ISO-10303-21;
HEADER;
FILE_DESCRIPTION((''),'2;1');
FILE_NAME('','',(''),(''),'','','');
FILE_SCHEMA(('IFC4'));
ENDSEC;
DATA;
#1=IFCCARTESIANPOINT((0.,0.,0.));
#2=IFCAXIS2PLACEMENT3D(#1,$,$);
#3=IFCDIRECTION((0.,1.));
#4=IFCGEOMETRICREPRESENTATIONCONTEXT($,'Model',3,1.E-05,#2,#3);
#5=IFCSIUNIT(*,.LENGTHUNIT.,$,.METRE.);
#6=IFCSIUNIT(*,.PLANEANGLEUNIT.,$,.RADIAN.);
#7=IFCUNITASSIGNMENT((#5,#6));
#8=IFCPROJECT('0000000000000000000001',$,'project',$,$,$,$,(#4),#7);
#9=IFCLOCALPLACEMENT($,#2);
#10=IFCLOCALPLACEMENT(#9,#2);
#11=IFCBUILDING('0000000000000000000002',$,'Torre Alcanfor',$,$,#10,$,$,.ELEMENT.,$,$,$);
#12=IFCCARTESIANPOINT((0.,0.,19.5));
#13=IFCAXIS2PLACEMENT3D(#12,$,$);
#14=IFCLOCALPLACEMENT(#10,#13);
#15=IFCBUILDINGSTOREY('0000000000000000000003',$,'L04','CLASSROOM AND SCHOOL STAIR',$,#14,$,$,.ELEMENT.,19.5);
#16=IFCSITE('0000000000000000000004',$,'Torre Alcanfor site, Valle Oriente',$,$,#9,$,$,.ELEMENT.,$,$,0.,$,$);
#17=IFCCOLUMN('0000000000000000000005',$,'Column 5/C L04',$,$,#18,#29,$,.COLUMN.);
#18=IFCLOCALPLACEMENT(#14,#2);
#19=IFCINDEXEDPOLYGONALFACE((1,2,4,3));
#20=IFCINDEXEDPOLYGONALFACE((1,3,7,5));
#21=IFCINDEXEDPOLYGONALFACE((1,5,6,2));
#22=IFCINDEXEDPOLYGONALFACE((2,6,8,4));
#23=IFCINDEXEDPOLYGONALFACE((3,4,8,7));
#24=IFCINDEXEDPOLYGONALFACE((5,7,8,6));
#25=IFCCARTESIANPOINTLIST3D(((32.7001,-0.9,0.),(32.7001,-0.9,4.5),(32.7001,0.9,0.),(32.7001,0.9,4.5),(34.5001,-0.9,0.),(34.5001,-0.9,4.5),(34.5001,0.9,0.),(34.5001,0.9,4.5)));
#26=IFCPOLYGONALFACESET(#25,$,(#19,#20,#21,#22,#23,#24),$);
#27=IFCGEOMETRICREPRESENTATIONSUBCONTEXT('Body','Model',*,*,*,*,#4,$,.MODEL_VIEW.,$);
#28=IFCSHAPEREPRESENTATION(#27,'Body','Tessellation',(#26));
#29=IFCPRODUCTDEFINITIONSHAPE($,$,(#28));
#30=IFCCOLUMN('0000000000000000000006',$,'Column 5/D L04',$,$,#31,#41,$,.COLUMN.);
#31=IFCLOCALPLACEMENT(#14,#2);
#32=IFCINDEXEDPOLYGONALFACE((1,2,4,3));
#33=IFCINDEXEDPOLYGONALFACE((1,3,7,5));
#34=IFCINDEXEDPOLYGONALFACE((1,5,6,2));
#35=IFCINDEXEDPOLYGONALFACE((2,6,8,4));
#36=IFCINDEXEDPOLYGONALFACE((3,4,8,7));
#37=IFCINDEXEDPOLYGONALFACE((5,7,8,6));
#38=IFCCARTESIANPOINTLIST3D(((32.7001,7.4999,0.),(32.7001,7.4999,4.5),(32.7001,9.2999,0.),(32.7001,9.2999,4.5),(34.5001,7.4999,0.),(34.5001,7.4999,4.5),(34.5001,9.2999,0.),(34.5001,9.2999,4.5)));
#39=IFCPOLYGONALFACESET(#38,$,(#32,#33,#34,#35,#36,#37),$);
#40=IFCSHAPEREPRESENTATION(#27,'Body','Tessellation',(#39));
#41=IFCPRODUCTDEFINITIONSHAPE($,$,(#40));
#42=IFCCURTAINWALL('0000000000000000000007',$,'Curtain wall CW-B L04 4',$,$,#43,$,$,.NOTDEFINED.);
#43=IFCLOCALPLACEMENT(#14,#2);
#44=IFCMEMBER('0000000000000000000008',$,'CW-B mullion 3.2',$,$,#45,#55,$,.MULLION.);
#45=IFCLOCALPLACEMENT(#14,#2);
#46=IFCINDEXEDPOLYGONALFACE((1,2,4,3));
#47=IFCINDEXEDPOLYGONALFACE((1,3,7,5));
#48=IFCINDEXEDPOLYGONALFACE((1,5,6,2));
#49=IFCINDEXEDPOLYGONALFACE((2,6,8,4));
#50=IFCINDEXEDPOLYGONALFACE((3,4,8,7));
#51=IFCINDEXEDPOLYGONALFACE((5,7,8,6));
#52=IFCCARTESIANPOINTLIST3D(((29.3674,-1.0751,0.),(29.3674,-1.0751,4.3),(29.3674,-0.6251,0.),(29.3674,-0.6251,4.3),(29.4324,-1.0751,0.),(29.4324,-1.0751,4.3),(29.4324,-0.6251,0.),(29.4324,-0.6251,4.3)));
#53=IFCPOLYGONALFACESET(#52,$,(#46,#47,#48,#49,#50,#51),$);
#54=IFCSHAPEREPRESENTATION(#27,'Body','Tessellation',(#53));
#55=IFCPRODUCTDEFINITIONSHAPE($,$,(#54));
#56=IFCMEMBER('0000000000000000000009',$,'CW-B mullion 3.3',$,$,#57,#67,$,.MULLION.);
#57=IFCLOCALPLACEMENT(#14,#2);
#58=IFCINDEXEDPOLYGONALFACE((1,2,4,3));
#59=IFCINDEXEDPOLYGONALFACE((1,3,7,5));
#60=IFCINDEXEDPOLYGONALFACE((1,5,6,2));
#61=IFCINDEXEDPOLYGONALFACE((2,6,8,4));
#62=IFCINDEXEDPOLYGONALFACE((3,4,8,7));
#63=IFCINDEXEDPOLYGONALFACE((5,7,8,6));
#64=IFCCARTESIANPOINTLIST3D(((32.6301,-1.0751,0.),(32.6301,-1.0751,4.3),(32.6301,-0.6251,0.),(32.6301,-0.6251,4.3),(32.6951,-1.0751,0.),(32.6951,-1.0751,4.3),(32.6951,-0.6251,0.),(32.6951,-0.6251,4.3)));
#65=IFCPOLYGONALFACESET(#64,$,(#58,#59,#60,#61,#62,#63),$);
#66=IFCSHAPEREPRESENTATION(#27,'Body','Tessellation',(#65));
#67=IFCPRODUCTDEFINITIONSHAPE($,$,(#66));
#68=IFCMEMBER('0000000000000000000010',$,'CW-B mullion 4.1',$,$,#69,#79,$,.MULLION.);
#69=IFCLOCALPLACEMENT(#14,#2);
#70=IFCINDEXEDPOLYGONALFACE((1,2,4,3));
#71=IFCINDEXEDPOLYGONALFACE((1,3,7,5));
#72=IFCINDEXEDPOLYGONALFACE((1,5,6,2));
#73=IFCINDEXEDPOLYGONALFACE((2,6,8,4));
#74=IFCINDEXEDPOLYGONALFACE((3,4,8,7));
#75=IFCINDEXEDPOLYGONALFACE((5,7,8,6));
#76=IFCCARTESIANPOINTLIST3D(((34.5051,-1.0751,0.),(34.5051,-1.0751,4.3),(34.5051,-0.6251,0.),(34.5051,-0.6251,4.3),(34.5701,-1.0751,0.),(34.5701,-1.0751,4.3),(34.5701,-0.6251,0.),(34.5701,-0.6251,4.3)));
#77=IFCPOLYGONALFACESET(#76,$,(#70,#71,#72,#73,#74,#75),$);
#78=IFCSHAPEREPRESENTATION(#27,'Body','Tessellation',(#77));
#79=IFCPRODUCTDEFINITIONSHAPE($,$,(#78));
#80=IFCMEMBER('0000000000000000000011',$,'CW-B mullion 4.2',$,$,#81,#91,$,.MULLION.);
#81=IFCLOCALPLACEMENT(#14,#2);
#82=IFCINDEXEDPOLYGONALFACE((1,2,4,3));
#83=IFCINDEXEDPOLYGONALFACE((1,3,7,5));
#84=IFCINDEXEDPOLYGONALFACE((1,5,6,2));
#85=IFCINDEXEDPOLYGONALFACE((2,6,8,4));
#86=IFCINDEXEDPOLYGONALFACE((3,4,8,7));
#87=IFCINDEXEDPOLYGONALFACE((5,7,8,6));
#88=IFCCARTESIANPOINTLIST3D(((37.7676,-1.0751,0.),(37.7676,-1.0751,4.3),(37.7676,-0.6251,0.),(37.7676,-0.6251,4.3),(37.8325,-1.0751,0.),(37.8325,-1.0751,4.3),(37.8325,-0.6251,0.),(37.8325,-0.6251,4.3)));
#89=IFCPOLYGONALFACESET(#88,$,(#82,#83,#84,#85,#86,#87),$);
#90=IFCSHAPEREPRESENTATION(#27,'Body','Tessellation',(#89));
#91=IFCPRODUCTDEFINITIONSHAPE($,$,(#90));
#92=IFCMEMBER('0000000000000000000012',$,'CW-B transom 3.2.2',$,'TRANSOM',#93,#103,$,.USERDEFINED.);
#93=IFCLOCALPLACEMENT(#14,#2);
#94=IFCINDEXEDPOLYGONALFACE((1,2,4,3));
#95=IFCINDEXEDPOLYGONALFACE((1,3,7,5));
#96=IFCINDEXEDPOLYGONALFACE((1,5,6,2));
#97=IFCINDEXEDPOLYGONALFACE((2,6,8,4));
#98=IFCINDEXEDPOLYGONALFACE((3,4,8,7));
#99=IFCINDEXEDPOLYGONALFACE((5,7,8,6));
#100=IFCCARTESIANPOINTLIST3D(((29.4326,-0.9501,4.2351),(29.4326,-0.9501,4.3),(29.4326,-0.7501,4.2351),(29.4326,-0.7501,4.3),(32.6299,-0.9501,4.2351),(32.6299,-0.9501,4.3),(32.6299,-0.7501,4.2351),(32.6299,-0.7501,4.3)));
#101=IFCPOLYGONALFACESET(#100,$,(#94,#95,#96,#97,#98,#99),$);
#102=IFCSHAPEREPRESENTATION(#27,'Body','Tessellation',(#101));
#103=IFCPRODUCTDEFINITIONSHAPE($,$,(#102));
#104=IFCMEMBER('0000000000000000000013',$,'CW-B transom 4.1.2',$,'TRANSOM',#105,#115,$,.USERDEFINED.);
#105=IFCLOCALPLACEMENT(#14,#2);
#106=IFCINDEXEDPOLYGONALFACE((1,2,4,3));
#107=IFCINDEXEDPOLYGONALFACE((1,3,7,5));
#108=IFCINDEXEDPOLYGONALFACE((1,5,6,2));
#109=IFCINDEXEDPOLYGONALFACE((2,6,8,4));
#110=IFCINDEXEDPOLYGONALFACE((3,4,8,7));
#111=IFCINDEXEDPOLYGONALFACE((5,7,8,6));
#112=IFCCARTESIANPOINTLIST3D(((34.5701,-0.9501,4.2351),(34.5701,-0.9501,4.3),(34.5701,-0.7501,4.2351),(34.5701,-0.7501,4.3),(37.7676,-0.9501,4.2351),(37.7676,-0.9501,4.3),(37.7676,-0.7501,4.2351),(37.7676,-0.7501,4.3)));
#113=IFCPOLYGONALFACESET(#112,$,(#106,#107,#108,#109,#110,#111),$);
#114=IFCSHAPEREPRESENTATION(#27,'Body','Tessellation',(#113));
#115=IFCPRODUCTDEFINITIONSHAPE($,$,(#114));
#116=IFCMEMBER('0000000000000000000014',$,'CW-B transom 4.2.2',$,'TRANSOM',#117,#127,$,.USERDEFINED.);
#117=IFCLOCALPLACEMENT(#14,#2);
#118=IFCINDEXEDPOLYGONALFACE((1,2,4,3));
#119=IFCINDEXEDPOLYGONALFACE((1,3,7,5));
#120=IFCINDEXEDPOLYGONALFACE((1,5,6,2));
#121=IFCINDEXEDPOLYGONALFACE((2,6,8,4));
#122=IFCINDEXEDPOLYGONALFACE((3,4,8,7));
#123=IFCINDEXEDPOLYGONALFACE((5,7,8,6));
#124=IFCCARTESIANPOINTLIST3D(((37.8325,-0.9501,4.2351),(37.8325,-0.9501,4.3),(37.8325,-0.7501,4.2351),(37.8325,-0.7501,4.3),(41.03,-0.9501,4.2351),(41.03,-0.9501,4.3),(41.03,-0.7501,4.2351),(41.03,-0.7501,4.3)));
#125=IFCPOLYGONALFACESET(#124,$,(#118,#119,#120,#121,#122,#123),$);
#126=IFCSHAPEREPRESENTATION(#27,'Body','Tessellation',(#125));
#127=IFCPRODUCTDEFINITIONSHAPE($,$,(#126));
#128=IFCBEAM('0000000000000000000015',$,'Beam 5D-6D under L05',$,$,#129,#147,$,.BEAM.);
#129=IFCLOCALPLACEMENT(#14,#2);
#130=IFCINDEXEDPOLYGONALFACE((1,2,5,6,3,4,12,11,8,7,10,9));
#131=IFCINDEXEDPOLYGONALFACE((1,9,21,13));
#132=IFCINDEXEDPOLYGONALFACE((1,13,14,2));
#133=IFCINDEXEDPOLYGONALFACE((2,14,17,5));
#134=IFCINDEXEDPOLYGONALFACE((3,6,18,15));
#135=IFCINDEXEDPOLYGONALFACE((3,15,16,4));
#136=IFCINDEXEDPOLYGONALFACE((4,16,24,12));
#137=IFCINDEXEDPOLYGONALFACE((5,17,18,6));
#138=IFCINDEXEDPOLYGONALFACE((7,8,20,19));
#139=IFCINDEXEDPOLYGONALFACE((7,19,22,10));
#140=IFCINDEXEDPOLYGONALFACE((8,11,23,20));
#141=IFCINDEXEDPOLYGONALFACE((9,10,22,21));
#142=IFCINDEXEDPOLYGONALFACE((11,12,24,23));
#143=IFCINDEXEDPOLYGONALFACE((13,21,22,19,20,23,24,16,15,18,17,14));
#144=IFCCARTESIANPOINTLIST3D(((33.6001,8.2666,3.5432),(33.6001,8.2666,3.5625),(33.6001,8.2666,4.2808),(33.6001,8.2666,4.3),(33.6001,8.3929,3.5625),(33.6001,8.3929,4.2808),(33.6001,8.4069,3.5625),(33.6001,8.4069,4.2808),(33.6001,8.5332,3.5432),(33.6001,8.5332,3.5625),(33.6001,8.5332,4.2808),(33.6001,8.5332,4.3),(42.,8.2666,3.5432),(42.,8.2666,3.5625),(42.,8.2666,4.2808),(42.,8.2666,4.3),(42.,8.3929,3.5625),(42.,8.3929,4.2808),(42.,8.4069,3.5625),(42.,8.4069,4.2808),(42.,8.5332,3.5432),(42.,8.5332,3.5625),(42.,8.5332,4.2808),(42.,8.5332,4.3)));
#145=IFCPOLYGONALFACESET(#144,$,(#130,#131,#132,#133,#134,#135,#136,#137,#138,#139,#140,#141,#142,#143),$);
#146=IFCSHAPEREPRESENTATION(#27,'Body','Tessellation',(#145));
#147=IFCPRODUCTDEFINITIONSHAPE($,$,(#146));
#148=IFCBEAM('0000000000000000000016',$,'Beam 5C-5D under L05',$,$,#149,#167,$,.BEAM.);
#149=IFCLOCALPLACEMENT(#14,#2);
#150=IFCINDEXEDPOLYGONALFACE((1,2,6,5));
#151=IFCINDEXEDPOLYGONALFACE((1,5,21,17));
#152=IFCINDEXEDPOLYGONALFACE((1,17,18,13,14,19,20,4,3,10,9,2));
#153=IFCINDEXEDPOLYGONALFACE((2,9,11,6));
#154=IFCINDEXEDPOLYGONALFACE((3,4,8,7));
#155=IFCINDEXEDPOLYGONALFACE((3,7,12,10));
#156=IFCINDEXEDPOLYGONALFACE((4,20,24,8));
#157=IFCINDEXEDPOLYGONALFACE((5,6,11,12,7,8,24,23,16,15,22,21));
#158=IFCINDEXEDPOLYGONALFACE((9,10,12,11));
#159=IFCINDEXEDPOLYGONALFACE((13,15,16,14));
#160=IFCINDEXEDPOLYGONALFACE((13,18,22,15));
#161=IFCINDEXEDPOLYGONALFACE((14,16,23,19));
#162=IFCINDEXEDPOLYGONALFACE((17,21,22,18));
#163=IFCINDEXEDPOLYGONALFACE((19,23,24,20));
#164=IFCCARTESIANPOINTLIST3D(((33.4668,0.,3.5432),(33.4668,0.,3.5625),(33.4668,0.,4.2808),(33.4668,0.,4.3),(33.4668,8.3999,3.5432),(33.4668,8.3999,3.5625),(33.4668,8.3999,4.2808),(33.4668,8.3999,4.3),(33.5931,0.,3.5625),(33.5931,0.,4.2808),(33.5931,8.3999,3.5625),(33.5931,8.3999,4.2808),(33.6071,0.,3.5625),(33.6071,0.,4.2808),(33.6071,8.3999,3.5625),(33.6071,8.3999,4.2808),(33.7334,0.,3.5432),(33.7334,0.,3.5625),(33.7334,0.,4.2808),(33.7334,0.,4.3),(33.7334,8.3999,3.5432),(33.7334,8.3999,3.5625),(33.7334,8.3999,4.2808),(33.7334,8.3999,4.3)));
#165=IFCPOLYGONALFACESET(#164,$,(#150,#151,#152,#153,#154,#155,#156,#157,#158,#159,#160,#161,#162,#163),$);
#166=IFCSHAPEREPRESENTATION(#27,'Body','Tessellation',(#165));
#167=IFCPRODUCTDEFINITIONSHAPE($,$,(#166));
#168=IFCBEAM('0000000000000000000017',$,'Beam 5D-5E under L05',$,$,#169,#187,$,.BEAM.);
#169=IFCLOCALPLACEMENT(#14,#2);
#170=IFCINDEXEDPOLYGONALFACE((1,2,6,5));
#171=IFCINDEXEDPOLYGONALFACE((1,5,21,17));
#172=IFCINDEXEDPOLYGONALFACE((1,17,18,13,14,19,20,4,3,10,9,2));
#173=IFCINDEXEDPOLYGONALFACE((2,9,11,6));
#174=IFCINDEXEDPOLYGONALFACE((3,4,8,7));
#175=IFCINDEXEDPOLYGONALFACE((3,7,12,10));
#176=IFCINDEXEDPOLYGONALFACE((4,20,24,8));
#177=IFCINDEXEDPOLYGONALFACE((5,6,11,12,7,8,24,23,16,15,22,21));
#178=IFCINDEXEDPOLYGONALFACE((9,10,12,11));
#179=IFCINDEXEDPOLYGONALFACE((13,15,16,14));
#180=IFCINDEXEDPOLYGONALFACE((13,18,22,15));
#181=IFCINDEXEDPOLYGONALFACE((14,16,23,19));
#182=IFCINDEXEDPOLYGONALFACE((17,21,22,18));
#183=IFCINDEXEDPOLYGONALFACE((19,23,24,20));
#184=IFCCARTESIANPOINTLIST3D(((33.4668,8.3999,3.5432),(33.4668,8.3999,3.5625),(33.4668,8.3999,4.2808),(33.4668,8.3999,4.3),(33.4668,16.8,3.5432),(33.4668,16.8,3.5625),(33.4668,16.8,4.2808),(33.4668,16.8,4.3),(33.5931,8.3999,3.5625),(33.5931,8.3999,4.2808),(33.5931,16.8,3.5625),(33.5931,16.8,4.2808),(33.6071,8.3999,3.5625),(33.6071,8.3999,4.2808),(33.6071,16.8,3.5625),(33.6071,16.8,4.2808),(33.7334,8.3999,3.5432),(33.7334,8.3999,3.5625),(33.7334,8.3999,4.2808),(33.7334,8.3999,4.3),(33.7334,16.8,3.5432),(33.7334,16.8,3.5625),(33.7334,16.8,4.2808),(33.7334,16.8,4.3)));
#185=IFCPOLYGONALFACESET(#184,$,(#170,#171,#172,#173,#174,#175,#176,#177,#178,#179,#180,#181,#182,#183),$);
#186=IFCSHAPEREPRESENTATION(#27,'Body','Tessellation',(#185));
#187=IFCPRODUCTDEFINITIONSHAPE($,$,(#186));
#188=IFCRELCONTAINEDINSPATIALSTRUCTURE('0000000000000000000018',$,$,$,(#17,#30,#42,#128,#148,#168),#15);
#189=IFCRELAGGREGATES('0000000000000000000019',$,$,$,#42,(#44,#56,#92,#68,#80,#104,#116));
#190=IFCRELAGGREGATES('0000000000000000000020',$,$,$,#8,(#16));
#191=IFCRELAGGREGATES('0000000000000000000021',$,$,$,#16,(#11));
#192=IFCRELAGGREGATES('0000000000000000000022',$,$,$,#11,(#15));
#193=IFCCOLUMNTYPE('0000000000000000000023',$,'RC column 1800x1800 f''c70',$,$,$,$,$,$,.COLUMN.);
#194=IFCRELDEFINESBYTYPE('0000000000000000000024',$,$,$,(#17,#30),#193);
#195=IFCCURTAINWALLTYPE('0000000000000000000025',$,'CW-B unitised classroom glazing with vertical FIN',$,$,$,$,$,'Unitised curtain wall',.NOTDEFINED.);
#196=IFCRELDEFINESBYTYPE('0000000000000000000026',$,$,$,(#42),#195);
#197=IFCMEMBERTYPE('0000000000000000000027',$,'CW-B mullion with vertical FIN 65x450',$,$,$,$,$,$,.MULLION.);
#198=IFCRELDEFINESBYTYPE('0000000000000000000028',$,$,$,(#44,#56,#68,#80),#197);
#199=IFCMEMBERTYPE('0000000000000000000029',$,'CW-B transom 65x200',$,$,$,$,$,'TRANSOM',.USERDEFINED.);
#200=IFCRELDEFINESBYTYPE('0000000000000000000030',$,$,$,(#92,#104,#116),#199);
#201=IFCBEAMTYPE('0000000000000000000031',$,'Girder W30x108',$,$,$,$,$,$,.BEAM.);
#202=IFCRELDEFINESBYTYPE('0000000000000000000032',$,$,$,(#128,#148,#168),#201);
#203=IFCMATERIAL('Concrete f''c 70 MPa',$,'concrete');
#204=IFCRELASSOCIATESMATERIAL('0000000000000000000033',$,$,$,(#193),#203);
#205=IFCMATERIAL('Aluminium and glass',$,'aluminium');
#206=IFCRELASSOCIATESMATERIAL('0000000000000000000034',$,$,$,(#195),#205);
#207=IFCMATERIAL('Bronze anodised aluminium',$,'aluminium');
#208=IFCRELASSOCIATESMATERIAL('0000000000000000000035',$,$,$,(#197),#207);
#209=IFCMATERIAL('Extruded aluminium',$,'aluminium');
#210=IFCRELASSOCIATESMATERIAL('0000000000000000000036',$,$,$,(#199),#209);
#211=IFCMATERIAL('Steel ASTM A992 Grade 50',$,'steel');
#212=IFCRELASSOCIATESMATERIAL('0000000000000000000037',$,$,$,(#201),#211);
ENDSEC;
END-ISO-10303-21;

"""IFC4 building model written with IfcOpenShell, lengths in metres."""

from ifc_helpers import new_model, si_unit, direction, frame, origin, origin_2d, place, context, subcontext, project, spatial, rectangle, i_section, extrude, material, material_profile, profile_set, type_object, element, aggregate, save


model = new_model("IFC4")

# Units and contexts
model_context = context("Model", 3, precision=1e-05, world=origin(), true_north=direction((0.0, 1.0)))
body_context = subcontext(model_context, "Body", "Model", "MODEL_VIEW")
ifc_project = project(units=[si_unit("LENGTHUNIT", "METRE"), si_unit("PLANEANGLEUNIT", "RADIAN")], contexts=[model_context])

# Site, building, storey
site_placement = place(None, origin())
site = spatial("IfcSite", under=ifc_project, at=site_placement, Name="Torre Alcanfor site, Valle Oriente", CompositionType="ELEMENT", RefElevation=0.0)
building_placement = place(site_placement, origin())
building = spatial("IfcBuilding", under=site, at=building_placement, Name="Torre Alcanfor", CompositionType="ELEMENT")
storey_placement = place(building_placement, frame((0.0, 0.0, 19.5)))
storey = spatial("IfcBuildingStorey", under=building, at=storey_placement, Name="L04", Description="CLASSROOM AND SCHOOL STAIR", CompositionType="ELEMENT", Elevation=19.5)

# Columns
ifc_material_1 = material(Name="Concrete f'c 70 MPa", Category="concrete")
ifc_material_profile_1 = material_profile(ifc_material_1, rectangle(XDim=1.8, YDim=1.8, at=origin_2d()), Name="1800x1800")
ifc_profile_set_1 = profile_set([ifc_material_profile_1], Name="Concrete f'c 70 MPa")
column_type = type_object("IfcColumnType", Name="RC column 1800x1800 f'c70", PredefinedType="COLUMN", material=ifc_profile_set_1)
for number, where, z_axis, x_axis, name in (
    (1, (33.6001, 0.0, 0.0), (0.0, 0.0, 1.0), (1.0, 0.0, 0.0), "Column 5/C L04"),
    (2, (33.6001, 8.3999, 0.0), (0.0, 0.0, 1.0), (1.0, 0.0, 0.0), "Column 5/D L04"),
):
    element("IfcColumn", number, at=place(storey_placement, frame(where, z_axis=z_axis, x_axis=x_axis)), inside=storey, type_object=column_type, Name=name, PredefinedType="COLUMN", context=body_context, shape_type="SweptSolid", body=[
        extrude(rectangle(XDim=1.8, YDim=1.8, at=origin_2d()), origin(), (0.0, 0.0, 1.0), 4.5),
    ])

# Curtain wall, members
ifc_material_2 = material(Name="Aluminium and glass", Category="aluminium")
curtain_wall_type = type_object("IfcCurtainWallType", Name="CW-B unitised classroom glazing with vertical FIN", ElementType="Unitised curtain wall", PredefinedType="NOTDEFINED", material=ifc_material_2)
curtain_wall_placement = place(storey_placement, origin())
curtain_wall = element("IfcCurtainWall", 3, at=curtain_wall_placement, inside=storey, type_object=curtain_wall_type, Name="Curtain wall CW-B L04 4", PredefinedType="NOTDEFINED")
ifc_material_3 = material(Name="Bronze anodised aluminium", Category="aluminium")
ifc_material_profile_2 = material_profile(ifc_material_3, rectangle(XDim=0.45, YDim=0.0649, at=origin_2d()), Name="CW-B mullion 65x450")
ifc_profile_set_2 = profile_set([ifc_material_profile_2], Name="Bronze anodised aluminium")
member_type_1 = type_object("IfcMemberType", Name="CW-B mullion with vertical FIN 65x450", PredefinedType="MULLION", material=ifc_profile_set_2)
member_1_placement = place(storey_placement, frame((29.3999, -0.8501, 0.0), z_axis=(0.0, 0.0, 1.0), x_axis=(0.0, 1.0, 0.0)))
member_1 = element("IfcMember", 4, at=member_1_placement, type_object=member_type_1, Name="CW-B mullion 3.2", PredefinedType="MULLION", context=body_context, shape_type="SweptSolid", body=[
    extrude(rectangle(XDim=0.45, YDim=0.0649, at=origin_2d()), origin(), (0.0, 0.0, 1.0), 4.3),
])
member_2_placement = place(storey_placement, frame((32.6626, -0.8501, 0.0), z_axis=(0.0, 0.0, 1.0), x_axis=(0.0, 1.0, 0.0)))
member_2 = element("IfcMember", 5, at=member_2_placement, type_object=member_type_1, Name="CW-B mullion 3.3", PredefinedType="MULLION", context=body_context, shape_type="SweptSolid", body=[
    extrude(rectangle(XDim=0.45, YDim=0.0649, at=origin_2d()), origin(), (0.0, 0.0, 1.0), 4.3),
])
member_3_placement = place(storey_placement, frame((34.5376, -0.8501, 0.0), z_axis=(0.0, 0.0, 1.0), x_axis=(0.0, 1.0, 0.0)))
member_3 = element("IfcMember", 6, at=member_3_placement, type_object=member_type_1, Name="CW-B mullion 4.1", PredefinedType="MULLION", context=body_context, shape_type="SweptSolid", body=[
    extrude(rectangle(XDim=0.45, YDim=0.0649, at=origin_2d()), origin(), (0.0, 0.0, 1.0), 4.3),
])
member_4_placement = place(storey_placement, frame((37.8, -0.8501, 0.0), z_axis=(0.0, 0.0, 1.0), x_axis=(0.0, 1.0, 0.0)))
member_4 = element("IfcMember", 7, at=member_4_placement, type_object=member_type_1, Name="CW-B mullion 4.2", PredefinedType="MULLION", context=body_context, shape_type="SweptSolid", body=[
    extrude(rectangle(XDim=0.45, YDim=0.0649, at=origin_2d()), origin(), (0.0, 0.0, 1.0), 4.3),
])
ifc_material_4 = material(Name="Extruded aluminium", Category="aluminium")
ifc_material_profile_3 = material_profile(ifc_material_4, rectangle(XDim=0.2, YDim=0.0649, at=origin_2d()), Name="CW-B transom 200x65")
ifc_profile_set_3 = profile_set([ifc_material_profile_3], Name="Extruded aluminium")
member_type_2 = type_object("IfcMemberType", Name="CW-B transom 65x200", ElementType="TRANSOM", PredefinedType="USERDEFINED", material=ifc_profile_set_3)
member_5_placement = place(storey_placement, frame((29.4326, -0.8501, 4.2676), z_axis=(1.0, 0.0, 0.0), x_axis=(0.0, 1.0, 0.0)))
member_5 = element("IfcMember", 8, at=member_5_placement, type_object=member_type_2, Name="CW-B transom 3.2.2", ObjectType="TRANSOM", PredefinedType="USERDEFINED", context=body_context, shape_type="SweptSolid", body=[
    extrude(rectangle(XDim=0.2, YDim=0.0649, at=origin_2d()), origin(), (0.0, 0.0, 1.0), 3.1973),
])
member_6_placement = place(storey_placement, frame((34.5701, -0.8501, 4.2676), z_axis=(1.0, 0.0, 0.0), x_axis=(0.0, 1.0, 0.0)))
member_6 = element("IfcMember", 9, at=member_6_placement, type_object=member_type_2, Name="CW-B transom 4.1.2", ObjectType="TRANSOM", PredefinedType="USERDEFINED", context=body_context, shape_type="SweptSolid", body=[
    extrude(rectangle(XDim=0.2, YDim=0.0649, at=origin_2d()), origin(), (0.0, 0.0, 1.0), 3.1975),
])
member_7_placement = place(storey_placement, frame((37.8325, -0.8501, 4.2676), z_axis=(1.0, 0.0, 0.0), x_axis=(0.0, 1.0, 0.0)))
member_7 = element("IfcMember", 10, at=member_7_placement, type_object=member_type_2, Name="CW-B transom 4.2.2", ObjectType="TRANSOM", PredefinedType="USERDEFINED", context=body_context, shape_type="SweptSolid", body=[
    extrude(rectangle(XDim=0.2, YDim=0.0649, at=origin_2d()), origin(), (0.0, 0.0, 1.0), 3.1975),
])

# Beams
ifc_material_5 = material(Name="Steel ASTM A992 Grade 50", Category="steel")
ifc_material_profile_4 = material_profile(ifc_material_5, i_section(OverallWidth=0.2666, OverallDepth=0.7568, WebThickness=0.0139, FlangeThickness=0.0193, at=origin_2d()), Name="W30x108")
ifc_profile_set_4 = profile_set([ifc_material_profile_4], Name="Steel ASTM A992 Grade 50")
beam_type_1 = type_object("IfcBeamType", Name="Girder W30x108", PredefinedType="BEAM", material=ifc_profile_set_4)
for number, where, z_axis, x_axis, name in (
    (11, (33.6001, 8.3999, 3.9216), (1.0, 0.0, 0.0), (0.0, 1.0, 0.0), "Beam 5D-6D under L05"),
    (12, (33.6001, 0.0, 3.9216), (0.0, 1.0, 0.0), (-1.0, 0.0, 0.0), "Beam 5C-5D under L05"),
):
    element("IfcBeam", number, at=place(storey_placement, frame(where, z_axis=z_axis, x_axis=x_axis)), inside=storey, type_object=beam_type_1, Name=name, PredefinedType="BEAM", context=body_context, shape_type="SweptSolid", body=[
        extrude(i_section(OverallWidth=0.2666, OverallDepth=0.7568, WebThickness=0.0139, FlangeThickness=0.0193, at=origin_2d()), origin(), (0.0, 0.0, 1.0), 8.3999),
    ])
beam_1_placement = place(storey_placement, frame((33.6001, 8.3999, 3.9216), z_axis=(0.0, 1.0, 0.0), x_axis=(-1.0, 0.0, 0.0)))
element("IfcBeam", 13, at=beam_1_placement, inside=storey, type_object=beam_type_1, Name="Beam 5D-5E under L05", PredefinedType="BEAM", context=body_context, shape_type="SweptSolid", body=[
    extrude(i_section(OverallWidth=0.2666, OverallDepth=0.7568, WebThickness=0.0139, FlangeThickness=0.0193, at=origin_2d()), origin(), (0.0, 0.0, 1.0), 8.4001),
])

aggregate(curtain_wall, [member_1, member_2, member_5, member_3, member_4, member_6, member_7])

save(model, "model.ifc")
